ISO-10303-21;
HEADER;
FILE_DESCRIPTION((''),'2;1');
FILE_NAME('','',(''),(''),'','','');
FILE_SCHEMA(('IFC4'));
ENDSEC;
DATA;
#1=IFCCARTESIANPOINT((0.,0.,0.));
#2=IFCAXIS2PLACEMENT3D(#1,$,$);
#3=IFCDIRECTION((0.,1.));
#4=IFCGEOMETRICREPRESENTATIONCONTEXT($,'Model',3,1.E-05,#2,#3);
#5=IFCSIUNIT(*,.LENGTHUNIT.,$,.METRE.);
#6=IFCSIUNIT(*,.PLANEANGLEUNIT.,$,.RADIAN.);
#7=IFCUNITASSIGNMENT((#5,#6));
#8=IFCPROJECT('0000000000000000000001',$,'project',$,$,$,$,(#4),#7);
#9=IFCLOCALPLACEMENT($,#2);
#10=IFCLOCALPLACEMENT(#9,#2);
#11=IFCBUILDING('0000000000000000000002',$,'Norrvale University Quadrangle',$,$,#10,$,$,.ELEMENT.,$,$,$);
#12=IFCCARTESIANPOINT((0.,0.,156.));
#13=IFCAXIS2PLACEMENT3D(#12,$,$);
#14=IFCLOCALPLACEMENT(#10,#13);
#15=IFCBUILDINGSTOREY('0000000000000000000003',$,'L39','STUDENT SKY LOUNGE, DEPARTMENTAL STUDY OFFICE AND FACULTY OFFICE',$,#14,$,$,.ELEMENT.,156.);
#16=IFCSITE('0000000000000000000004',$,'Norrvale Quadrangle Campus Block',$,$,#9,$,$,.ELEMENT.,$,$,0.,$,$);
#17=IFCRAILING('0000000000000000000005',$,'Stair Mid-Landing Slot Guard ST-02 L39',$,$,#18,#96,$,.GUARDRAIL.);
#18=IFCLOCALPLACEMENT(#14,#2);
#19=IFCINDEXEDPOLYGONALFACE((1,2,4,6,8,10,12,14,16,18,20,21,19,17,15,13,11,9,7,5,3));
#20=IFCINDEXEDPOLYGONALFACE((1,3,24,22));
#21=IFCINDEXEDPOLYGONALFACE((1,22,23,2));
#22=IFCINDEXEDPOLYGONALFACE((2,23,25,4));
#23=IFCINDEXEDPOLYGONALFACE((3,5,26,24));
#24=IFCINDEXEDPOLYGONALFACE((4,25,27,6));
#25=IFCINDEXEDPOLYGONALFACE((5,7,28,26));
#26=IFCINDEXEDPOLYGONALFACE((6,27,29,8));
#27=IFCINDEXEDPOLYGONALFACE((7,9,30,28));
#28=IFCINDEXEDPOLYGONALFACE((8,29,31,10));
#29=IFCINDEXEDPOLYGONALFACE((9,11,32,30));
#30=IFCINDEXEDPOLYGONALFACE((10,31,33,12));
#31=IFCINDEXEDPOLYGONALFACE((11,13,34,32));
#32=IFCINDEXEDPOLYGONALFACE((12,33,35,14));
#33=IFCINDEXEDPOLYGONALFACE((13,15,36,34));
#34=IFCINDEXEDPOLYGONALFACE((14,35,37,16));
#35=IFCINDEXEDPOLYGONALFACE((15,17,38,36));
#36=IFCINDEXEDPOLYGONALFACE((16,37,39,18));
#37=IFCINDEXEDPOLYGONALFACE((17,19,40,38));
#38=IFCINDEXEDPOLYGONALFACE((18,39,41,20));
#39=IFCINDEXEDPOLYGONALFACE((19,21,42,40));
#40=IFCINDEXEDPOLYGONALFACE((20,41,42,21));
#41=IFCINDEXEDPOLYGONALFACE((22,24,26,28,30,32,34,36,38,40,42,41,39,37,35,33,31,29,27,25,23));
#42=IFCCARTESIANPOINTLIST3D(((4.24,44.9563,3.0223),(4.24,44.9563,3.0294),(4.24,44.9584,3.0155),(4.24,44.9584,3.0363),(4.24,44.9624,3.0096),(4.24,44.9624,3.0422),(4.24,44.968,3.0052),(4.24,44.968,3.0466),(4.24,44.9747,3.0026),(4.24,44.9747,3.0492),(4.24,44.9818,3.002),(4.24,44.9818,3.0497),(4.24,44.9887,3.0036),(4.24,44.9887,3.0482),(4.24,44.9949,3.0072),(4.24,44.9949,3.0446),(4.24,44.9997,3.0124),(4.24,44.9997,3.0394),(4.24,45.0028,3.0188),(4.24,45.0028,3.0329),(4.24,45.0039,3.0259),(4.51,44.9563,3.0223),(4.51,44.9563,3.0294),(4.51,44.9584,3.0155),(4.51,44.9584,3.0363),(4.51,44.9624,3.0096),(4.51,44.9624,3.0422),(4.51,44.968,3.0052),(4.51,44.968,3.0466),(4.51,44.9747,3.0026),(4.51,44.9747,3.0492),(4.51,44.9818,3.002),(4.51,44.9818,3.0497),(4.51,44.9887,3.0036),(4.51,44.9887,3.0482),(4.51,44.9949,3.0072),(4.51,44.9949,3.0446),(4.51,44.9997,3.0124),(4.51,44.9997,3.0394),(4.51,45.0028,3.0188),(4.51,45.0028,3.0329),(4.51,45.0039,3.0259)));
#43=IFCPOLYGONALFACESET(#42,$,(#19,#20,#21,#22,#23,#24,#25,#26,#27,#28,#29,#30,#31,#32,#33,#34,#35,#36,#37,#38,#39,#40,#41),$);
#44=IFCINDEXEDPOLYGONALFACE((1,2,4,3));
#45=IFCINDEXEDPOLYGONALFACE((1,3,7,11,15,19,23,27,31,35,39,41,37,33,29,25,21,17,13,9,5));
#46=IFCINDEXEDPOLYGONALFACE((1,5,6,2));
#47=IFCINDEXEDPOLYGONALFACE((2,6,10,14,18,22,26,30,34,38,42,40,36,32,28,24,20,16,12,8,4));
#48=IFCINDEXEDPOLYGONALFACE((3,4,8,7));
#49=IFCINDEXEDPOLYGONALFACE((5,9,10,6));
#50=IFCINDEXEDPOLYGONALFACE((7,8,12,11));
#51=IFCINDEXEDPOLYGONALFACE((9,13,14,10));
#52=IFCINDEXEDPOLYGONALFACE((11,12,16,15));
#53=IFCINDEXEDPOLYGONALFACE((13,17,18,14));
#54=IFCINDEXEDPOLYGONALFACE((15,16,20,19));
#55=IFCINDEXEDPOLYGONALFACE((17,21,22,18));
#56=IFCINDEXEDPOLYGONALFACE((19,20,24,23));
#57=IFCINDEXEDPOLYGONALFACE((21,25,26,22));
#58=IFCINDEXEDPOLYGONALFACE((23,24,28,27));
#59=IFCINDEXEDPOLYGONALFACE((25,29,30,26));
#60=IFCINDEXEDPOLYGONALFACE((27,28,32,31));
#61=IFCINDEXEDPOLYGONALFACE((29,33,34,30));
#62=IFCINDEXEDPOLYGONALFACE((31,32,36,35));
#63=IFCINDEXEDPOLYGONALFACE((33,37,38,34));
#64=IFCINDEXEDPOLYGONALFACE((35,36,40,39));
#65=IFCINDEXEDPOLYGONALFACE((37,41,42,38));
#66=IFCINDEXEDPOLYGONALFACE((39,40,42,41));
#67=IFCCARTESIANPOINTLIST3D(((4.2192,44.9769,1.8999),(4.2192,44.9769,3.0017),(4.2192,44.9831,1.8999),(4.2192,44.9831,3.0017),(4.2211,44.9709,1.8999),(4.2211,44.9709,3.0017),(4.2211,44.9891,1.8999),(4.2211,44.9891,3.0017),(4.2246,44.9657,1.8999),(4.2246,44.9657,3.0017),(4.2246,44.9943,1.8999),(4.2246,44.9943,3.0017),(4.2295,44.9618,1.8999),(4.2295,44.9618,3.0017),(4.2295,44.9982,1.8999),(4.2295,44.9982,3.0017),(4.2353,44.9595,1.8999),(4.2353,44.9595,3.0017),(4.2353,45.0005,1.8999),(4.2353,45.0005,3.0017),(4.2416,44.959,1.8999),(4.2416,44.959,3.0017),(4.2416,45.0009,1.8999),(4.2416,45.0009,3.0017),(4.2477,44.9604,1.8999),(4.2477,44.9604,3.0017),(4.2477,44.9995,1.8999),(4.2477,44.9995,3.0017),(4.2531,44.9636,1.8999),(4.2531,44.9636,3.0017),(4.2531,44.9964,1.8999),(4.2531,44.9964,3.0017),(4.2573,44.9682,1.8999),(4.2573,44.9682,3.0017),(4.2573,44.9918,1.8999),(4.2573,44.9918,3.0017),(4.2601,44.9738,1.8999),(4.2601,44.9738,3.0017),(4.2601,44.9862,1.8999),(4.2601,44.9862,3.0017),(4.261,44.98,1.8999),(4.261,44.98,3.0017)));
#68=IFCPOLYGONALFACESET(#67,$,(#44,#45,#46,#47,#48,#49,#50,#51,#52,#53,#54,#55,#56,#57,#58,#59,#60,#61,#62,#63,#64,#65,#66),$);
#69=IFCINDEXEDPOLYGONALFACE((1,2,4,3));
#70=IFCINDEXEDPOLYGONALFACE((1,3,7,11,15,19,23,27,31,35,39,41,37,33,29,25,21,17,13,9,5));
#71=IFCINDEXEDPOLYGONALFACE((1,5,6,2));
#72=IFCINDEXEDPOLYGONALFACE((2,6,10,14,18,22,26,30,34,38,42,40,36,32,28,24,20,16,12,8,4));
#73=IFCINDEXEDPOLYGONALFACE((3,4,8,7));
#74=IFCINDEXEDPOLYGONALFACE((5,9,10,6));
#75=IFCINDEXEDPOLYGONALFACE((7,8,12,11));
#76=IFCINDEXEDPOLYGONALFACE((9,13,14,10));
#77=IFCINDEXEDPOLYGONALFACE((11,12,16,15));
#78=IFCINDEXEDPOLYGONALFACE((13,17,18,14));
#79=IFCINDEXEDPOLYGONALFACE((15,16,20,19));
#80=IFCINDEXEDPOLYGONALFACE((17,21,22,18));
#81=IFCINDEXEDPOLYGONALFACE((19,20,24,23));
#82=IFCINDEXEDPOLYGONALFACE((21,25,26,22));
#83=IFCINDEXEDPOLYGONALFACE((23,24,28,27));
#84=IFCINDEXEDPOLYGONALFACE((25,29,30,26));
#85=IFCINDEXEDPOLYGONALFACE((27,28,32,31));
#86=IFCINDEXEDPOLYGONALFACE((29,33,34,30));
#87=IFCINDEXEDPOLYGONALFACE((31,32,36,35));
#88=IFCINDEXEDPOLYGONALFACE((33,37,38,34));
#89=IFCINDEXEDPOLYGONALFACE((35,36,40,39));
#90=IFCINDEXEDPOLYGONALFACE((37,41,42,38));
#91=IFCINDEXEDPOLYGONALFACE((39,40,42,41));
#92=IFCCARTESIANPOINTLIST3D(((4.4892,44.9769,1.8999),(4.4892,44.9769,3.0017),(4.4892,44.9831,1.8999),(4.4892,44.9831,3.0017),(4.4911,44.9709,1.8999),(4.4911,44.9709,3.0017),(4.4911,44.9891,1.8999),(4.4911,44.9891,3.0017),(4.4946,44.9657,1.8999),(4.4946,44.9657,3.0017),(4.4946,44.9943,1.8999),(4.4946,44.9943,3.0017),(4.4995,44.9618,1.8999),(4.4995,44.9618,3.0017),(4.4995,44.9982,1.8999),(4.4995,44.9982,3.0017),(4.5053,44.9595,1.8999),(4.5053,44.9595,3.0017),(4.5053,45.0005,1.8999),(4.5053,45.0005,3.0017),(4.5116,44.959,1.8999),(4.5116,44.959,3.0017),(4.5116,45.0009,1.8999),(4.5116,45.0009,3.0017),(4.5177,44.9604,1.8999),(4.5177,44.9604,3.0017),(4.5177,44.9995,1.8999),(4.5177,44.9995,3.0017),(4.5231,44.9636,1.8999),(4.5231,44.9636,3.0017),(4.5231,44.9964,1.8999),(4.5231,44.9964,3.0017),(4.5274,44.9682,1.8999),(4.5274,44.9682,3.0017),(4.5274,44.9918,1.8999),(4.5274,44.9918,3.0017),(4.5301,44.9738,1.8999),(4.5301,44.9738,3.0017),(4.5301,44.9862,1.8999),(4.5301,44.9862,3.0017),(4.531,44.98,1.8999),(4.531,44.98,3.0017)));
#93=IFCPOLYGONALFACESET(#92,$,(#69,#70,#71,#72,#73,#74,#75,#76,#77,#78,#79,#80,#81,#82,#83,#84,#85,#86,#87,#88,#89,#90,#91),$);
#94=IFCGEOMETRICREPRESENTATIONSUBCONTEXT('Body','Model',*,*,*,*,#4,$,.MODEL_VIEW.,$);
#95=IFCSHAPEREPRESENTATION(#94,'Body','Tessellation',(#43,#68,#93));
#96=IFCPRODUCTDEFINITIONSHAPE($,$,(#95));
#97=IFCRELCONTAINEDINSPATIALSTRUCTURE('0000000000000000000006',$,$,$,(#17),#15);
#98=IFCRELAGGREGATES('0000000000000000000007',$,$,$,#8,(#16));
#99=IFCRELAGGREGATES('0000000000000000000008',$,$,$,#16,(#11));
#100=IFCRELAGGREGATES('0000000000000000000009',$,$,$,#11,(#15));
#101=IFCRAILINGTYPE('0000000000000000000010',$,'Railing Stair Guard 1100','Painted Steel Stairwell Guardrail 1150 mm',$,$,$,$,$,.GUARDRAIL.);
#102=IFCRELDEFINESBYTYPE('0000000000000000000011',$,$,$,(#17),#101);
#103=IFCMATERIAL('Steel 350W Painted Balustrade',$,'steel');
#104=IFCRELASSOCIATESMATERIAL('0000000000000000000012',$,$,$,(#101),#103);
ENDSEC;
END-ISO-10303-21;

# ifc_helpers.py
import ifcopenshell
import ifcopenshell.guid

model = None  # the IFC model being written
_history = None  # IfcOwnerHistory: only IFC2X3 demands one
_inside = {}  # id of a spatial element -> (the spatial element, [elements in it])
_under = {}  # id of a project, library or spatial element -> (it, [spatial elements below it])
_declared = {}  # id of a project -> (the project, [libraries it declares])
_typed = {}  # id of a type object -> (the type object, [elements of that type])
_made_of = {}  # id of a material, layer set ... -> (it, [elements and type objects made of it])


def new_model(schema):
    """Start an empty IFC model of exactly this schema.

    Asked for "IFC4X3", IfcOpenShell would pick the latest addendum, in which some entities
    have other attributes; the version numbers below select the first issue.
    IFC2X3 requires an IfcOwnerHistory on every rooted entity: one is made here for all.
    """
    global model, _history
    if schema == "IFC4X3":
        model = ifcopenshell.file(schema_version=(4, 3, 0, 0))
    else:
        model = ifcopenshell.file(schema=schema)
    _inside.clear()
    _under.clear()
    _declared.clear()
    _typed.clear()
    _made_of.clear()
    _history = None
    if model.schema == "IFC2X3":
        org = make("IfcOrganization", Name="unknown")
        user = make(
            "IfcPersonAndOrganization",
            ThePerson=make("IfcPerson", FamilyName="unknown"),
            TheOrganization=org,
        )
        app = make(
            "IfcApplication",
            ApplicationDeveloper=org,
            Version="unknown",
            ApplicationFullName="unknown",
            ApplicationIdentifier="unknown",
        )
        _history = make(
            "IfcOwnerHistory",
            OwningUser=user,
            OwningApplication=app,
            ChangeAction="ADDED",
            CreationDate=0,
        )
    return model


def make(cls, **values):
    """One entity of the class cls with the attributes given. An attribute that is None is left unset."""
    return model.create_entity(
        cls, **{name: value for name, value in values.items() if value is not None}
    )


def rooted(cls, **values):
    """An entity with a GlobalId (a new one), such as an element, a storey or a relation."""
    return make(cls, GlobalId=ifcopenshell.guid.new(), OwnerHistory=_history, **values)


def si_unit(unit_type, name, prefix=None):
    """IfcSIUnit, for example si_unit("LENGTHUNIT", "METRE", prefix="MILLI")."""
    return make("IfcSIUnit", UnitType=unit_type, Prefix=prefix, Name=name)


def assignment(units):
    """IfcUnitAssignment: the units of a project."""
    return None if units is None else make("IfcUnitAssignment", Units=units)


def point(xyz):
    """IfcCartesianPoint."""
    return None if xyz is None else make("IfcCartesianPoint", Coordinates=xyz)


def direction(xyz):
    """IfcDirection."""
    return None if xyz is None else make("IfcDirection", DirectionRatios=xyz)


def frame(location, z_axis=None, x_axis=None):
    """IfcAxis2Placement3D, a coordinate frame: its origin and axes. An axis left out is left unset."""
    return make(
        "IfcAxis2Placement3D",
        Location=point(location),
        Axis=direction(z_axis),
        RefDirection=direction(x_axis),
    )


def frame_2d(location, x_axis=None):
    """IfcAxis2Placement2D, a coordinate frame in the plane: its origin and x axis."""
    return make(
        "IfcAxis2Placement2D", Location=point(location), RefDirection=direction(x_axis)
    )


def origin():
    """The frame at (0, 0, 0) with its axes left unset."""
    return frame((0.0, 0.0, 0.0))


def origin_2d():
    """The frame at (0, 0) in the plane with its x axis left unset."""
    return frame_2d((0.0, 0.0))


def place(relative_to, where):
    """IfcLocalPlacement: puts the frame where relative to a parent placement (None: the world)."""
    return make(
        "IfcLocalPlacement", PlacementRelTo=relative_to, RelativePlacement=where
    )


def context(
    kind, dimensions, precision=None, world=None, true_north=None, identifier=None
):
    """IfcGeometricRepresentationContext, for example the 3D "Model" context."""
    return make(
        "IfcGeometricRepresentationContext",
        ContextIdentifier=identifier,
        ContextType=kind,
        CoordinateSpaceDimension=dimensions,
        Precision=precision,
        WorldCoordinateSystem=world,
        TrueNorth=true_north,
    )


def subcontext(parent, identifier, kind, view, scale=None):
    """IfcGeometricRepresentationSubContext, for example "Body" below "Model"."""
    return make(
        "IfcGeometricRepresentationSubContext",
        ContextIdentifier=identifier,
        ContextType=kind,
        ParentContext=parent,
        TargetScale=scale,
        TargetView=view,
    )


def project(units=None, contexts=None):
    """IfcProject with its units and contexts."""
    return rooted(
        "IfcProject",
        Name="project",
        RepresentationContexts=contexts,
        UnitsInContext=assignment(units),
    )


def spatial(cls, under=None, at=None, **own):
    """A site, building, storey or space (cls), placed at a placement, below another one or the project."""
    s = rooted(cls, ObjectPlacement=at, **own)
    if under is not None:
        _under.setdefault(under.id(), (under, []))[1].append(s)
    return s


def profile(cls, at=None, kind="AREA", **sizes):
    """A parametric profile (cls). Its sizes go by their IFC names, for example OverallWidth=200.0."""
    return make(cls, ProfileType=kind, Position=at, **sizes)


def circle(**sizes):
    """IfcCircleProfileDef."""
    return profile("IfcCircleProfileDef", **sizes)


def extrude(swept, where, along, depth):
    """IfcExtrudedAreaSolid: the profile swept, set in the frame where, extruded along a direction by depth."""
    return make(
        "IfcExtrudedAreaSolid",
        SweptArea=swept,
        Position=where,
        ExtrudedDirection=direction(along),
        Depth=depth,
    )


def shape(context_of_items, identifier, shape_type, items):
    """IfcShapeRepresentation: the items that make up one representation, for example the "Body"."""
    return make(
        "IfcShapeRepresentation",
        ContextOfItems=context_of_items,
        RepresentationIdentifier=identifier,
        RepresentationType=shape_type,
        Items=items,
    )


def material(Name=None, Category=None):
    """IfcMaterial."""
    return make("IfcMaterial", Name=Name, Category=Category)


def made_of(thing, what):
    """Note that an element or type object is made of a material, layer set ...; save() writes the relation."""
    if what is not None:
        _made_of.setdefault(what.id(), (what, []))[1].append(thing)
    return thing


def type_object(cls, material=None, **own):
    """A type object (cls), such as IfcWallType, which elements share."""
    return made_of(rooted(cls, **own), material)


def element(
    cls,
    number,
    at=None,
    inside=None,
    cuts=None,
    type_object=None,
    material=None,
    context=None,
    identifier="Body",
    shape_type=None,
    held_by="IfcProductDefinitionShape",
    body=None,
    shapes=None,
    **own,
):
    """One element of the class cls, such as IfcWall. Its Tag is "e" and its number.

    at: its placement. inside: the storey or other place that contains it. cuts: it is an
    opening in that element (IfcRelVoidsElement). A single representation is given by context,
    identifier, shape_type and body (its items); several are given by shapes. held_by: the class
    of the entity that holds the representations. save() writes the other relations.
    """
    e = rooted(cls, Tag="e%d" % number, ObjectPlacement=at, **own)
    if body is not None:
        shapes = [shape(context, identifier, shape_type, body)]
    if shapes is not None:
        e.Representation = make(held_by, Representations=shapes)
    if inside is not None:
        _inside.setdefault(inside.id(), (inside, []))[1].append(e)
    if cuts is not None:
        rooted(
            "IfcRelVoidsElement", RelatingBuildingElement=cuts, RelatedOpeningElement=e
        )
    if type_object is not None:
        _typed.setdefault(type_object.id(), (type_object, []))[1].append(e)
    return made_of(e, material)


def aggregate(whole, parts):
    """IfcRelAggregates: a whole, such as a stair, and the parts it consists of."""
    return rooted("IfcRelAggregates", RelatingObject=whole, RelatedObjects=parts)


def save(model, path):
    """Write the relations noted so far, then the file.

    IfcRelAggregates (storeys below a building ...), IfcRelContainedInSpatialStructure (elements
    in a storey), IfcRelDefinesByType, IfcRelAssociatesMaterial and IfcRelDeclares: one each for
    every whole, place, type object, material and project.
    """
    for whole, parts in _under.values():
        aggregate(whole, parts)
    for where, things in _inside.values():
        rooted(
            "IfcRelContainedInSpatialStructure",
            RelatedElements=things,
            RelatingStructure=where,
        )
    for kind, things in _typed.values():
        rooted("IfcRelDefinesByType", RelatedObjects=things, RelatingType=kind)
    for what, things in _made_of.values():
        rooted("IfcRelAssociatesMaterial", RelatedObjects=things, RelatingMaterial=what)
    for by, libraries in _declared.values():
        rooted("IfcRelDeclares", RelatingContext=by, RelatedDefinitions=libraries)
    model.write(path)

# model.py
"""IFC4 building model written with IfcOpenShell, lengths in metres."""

from ifc_helpers import new_model, si_unit, direction, frame, origin, origin_2d, place, context, subcontext, project, spatial, circle, extrude, material, type_object, element, save


model = new_model("IFC4")

# Units and contexts
model_context = context("Model", 3, precision=1e-05, world=origin(), true_north=direction((0.0, 1.0)))
body_context = subcontext(model_context, "Body", "Model", "MODEL_VIEW")
ifc_project = project(units=[si_unit("LENGTHUNIT", "METRE"), si_unit("PLANEANGLEUNIT", "RADIAN")], contexts=[model_context])

# Site, building, storey
site_placement = place(None, origin())
site = spatial("IfcSite", under=ifc_project, at=site_placement, Name="Norrvale Quadrangle Campus Block", CompositionType="ELEMENT", RefElevation=0.0)
building_placement = place(site_placement, origin())
building = spatial("IfcBuilding", under=site, at=building_placement, Name="Norrvale University Quadrangle", CompositionType="ELEMENT")
storey_placement = place(building_placement, frame((0.0, 0.0, 156.0)))
storey = spatial("IfcBuildingStorey", under=building, at=storey_placement, Name="L39", Description="STUDENT SKY LOUNGE, DEPARTMENTAL STUDY OFFICE AND FACULTY OFFICE", CompositionType="ELEMENT", Elevation=156.0)

# Railing
ifc_material_1 = material(Name="Steel 350W Painted Balustrade", Category="steel")
railing_type_1 = type_object("IfcRailingType", Name="Railing Stair Guard 1100", Description="Painted Steel Stairwell Guardrail 1150 mm", PredefinedType="GUARDRAIL", material=ifc_material_1)
for number, where, name in (
    (1, (4.24, 44.98, 1.8999), "Stair Mid-Landing Slot Guard ST-02 L39"),
):
    element("IfcRailing", number, at=place(storey_placement, frame(where)), inside=storey, type_object=railing_type_1, Name=name, PredefinedType="GUARDRAIL", context=body_context, shape_type="SweptSolid", body=[
        extrude(circle(Radius=0.0239, at=origin_2d()), frame((0.0, 0.0, 1.126), z_axis=(1.0, 0.0, 0.0), x_axis=(0.0, 1.0, 0.0)), (0.0, 0.0, 1.0), 0.27),
        extrude(circle(Radius=0.021, at=origin_2d()), origin(), (0.0, 0.0, 1.0), 1.1018),
        extrude(circle(Radius=0.021, at=origin_2d()), frame((0.27, 0.0, 0.0)), (0.0, 0.0, 1.0), 1.1018),
    ])

save(model, "model.ifc")
